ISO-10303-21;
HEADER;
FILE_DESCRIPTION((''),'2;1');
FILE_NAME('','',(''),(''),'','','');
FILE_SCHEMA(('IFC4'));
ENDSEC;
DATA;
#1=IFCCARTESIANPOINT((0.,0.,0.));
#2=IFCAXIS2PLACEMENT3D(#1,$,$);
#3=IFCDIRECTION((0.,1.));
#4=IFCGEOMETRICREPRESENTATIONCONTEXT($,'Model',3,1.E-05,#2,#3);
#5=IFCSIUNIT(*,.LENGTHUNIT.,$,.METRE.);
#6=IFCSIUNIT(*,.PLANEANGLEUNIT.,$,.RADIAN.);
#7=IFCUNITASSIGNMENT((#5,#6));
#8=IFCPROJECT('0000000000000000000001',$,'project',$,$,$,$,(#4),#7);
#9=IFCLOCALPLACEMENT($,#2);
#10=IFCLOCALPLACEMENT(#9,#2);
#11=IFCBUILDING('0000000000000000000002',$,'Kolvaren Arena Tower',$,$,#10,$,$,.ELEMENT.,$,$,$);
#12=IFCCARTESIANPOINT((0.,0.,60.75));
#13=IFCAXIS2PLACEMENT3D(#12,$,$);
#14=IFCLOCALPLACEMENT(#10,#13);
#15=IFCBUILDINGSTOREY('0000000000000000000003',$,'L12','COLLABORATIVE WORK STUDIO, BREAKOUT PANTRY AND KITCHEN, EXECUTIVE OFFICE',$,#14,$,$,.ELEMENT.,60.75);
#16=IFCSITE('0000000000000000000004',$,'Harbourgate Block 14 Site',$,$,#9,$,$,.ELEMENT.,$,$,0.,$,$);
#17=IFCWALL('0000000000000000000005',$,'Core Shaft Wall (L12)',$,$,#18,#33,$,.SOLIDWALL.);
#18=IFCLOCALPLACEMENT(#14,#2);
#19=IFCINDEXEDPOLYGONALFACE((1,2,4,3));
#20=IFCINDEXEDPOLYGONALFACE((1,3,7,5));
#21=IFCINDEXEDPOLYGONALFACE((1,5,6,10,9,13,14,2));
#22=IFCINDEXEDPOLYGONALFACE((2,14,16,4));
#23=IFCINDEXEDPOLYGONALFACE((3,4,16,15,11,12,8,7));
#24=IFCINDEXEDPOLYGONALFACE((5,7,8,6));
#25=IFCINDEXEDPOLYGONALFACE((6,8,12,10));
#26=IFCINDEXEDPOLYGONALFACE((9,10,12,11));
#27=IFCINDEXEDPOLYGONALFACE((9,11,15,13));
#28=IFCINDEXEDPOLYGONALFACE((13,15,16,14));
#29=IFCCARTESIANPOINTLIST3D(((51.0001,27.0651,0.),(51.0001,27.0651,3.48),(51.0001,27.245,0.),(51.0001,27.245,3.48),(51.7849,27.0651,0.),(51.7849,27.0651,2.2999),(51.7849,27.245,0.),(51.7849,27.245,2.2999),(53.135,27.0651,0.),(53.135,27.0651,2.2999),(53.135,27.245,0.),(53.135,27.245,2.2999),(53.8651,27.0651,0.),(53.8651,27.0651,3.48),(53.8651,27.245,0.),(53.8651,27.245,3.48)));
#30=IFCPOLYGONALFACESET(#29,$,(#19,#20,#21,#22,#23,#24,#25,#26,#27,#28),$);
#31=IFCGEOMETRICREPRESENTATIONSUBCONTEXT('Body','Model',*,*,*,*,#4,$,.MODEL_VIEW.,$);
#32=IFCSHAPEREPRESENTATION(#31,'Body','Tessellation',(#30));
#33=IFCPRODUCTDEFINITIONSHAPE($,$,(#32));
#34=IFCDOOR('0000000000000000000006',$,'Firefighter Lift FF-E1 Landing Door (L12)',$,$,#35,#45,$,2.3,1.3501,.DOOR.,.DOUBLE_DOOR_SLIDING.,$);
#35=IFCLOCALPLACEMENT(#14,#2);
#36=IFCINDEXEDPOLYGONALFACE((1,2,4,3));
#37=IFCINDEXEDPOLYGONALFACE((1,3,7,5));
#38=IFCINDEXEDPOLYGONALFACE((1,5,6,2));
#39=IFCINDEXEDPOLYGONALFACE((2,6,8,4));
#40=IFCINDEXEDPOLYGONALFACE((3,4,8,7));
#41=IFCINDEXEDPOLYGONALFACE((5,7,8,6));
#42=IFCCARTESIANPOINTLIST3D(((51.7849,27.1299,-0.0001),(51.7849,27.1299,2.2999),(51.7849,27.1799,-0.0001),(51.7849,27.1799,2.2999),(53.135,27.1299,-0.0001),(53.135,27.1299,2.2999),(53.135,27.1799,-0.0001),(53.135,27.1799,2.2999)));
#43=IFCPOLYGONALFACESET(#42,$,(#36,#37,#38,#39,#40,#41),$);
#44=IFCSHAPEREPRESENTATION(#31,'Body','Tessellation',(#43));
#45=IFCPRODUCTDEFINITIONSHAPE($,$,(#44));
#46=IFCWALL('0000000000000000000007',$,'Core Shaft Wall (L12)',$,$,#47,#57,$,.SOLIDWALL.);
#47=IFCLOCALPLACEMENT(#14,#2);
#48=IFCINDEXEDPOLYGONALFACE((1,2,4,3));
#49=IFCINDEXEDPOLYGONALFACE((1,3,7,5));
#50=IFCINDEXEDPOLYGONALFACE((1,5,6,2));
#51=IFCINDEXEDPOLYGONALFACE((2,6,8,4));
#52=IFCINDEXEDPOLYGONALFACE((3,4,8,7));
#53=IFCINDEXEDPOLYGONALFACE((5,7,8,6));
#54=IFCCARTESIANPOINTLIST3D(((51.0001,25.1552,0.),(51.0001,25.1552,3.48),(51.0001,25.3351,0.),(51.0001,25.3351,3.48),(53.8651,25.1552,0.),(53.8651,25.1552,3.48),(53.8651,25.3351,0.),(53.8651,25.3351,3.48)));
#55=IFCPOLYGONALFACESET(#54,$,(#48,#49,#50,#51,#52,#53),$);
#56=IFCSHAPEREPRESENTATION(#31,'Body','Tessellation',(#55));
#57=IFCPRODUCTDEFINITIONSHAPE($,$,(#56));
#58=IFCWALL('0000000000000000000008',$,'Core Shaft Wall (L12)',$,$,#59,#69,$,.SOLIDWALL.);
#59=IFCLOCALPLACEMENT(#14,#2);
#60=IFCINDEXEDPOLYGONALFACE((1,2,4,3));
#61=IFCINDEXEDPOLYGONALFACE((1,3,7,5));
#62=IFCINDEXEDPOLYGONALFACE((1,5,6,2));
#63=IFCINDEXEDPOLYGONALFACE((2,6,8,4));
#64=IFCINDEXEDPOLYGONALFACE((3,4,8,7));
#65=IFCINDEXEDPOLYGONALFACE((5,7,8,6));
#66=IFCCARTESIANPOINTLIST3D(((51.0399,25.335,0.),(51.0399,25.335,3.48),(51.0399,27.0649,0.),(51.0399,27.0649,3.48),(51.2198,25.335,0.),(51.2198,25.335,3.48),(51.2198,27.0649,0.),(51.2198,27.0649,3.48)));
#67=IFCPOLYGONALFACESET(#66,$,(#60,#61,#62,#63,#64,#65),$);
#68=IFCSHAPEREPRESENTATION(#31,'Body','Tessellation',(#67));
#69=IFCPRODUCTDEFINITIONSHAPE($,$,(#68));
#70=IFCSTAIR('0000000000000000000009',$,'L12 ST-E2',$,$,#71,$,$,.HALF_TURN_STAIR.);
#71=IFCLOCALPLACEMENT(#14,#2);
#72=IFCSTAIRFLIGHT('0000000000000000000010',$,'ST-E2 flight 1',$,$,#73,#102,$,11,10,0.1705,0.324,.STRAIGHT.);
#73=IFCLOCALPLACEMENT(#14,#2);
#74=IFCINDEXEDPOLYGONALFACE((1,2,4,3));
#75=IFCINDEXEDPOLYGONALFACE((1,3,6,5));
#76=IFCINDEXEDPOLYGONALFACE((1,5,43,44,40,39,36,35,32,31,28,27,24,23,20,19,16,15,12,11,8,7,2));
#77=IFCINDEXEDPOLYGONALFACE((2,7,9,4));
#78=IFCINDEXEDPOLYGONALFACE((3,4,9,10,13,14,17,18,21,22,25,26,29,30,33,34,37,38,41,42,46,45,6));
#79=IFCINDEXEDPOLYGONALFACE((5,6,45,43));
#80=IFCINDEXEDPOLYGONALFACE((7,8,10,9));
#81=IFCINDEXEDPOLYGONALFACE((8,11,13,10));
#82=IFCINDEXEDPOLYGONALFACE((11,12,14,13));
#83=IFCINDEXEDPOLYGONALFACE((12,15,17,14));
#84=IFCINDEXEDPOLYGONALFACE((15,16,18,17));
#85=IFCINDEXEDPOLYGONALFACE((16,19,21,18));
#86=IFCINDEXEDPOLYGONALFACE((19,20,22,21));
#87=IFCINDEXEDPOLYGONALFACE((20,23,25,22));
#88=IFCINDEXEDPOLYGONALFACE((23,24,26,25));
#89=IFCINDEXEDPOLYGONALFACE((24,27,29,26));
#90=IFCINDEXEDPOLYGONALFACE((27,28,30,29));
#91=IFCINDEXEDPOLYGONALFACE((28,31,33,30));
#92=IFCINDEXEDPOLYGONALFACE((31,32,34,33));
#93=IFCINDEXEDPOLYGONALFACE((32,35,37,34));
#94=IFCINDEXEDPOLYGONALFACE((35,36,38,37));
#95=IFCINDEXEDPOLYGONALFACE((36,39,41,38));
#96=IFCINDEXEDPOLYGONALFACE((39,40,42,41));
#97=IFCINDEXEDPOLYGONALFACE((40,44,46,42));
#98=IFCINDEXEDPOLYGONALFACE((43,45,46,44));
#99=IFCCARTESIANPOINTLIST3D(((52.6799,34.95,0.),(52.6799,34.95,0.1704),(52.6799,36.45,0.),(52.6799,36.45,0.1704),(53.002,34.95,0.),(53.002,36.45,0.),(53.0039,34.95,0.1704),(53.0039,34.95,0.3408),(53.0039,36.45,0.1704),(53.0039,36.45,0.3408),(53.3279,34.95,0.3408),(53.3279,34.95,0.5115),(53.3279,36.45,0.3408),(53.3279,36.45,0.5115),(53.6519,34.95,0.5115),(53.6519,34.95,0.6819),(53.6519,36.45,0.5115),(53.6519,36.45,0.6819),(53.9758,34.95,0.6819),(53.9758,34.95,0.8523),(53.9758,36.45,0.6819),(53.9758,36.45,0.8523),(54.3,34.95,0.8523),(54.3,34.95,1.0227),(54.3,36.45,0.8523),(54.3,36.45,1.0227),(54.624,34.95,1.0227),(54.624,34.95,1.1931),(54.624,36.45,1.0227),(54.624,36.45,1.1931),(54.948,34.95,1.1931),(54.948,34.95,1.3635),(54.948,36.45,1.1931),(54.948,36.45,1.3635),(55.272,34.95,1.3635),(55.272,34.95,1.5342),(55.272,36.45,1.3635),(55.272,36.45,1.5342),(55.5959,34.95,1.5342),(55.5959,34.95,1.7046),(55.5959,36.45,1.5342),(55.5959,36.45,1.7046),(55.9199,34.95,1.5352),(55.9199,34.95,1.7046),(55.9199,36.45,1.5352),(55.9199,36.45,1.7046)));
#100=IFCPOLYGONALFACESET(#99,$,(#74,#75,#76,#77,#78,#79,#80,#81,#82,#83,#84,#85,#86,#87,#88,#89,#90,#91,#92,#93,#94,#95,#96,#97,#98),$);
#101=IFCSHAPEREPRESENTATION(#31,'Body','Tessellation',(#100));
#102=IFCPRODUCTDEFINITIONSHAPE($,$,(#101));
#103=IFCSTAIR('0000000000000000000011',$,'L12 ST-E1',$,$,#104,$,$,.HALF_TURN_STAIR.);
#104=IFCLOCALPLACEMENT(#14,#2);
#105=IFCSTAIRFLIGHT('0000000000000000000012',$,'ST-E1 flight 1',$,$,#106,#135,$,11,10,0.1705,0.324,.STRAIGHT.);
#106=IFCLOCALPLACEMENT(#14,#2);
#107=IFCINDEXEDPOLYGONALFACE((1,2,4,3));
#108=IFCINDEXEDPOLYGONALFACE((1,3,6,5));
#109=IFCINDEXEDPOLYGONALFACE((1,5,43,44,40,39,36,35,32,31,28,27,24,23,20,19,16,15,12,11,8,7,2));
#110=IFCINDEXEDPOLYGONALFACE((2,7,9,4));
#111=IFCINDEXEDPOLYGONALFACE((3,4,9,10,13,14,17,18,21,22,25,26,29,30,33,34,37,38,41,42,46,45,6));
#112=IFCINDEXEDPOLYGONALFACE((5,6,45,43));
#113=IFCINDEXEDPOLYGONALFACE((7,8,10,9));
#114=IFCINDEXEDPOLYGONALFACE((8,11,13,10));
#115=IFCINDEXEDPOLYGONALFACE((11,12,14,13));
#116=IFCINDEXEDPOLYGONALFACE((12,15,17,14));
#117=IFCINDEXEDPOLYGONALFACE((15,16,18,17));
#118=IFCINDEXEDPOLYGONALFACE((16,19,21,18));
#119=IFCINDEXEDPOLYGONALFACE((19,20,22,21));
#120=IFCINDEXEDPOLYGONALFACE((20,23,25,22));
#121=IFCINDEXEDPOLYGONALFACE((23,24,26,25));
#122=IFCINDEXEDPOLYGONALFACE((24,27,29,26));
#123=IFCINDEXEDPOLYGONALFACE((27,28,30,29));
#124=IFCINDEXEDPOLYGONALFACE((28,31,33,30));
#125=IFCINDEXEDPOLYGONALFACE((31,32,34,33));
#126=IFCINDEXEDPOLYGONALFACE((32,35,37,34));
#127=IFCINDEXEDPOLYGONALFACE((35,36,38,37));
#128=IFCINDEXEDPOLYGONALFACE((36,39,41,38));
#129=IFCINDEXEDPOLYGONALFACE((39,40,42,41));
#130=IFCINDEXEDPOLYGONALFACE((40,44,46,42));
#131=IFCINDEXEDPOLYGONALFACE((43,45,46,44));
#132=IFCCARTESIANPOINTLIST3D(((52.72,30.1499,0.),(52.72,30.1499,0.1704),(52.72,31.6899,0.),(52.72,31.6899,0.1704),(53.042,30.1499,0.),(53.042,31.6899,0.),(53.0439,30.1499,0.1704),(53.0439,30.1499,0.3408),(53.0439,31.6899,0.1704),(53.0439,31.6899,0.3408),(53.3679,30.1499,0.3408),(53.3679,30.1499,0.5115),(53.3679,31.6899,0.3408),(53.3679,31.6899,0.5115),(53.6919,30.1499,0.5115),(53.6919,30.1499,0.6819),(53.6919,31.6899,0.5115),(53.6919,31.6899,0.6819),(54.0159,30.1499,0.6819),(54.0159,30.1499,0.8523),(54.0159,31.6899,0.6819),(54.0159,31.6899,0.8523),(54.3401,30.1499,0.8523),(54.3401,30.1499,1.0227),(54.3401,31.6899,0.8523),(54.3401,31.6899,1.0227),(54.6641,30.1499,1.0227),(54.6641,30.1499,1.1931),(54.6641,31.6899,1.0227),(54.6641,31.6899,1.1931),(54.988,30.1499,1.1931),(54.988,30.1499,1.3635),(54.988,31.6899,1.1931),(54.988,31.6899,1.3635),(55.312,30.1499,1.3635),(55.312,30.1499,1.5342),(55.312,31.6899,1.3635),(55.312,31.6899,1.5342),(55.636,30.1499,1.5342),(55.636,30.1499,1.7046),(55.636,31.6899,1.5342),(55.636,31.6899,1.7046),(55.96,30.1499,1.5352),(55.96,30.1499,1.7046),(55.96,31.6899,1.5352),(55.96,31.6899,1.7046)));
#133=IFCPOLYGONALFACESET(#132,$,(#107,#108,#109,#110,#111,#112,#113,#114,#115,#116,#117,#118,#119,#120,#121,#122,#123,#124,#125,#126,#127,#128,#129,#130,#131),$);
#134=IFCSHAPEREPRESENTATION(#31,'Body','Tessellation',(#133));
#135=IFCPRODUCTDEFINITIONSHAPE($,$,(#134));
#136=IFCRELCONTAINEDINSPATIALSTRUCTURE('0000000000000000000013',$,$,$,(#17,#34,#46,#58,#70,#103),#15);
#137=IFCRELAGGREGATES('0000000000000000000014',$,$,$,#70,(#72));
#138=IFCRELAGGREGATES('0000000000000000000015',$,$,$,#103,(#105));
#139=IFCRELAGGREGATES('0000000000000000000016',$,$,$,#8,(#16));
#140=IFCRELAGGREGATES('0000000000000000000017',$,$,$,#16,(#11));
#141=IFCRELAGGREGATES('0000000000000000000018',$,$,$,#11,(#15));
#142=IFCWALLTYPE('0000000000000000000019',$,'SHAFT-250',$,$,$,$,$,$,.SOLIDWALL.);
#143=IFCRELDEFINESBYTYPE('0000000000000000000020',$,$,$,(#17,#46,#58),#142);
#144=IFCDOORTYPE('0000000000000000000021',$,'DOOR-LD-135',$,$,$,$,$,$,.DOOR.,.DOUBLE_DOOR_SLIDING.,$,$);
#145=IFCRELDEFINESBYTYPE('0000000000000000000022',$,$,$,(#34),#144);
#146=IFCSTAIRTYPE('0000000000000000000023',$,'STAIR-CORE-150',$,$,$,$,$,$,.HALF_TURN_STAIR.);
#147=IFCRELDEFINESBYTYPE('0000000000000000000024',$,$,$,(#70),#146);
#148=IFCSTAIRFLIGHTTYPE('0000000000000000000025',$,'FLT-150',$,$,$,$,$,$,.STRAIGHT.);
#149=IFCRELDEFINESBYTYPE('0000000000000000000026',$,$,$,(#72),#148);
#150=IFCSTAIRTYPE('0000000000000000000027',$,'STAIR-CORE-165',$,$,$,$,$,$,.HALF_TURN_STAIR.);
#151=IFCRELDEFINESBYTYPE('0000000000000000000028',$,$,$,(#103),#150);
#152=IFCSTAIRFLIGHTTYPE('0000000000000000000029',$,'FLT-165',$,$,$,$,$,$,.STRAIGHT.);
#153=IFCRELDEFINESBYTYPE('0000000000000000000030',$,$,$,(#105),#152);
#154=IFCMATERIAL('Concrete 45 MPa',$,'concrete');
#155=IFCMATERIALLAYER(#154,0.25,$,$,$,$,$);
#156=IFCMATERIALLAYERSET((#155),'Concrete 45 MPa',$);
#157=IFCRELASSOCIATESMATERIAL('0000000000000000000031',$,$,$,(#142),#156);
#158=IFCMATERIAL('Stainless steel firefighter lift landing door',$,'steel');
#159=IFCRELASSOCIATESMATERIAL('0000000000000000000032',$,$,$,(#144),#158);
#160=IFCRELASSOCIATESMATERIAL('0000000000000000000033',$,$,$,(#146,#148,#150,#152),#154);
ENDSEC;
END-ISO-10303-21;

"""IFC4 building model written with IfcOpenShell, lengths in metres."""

from ifc_helpers import new_model, si_unit, direction, frame, frame_2d, origin, place, context, subcontext, project, spatial, polyline, rectangle, outline, extrude, material, layer, layer_set, type_object, element, fill, aggregate, save


model = new_model("IFC4")

# Units and contexts
model_context = context("Model", 3, precision=1e-05, world=origin(), true_north=direction((0.0, 1.0)))
body_context = subcontext(model_context, "Body", "Model", "MODEL_VIEW")
ifc_project = project(units=[si_unit("LENGTHUNIT", "METRE"), si_unit("PLANEANGLEUNIT", "RADIAN")], contexts=[model_context])

# Site, building, storey
site_placement = place(None, origin())
site = spatial("IfcSite", under=ifc_project, at=site_placement, Name="Harbourgate Block 14 Site", CompositionType="ELEMENT", RefElevation=0.0)
building_placement = place(site_placement, origin())
building = spatial("IfcBuilding", under=site, at=building_placement, Name="Kolvaren Arena Tower", CompositionType="ELEMENT")
storey_placement = place(building_placement, frame((0.0, 0.0, 60.75)))
storey = spatial("IfcBuildingStorey", under=building, at=storey_placement, Name="L12", Description="COLLABORATIVE WORK STUDIO, BREAKOUT PANTRY AND KITCHEN, EXECUTIVE OFFICE", CompositionType="ELEMENT", Elevation=60.75)

# Shared definitions
ifc_material_1 = material(Name="Concrete 45 MPa", Category="concrete")
ifc_layer = layer(ifc_material_1, 0.25)
ifc_layer_set = layer_set([ifc_layer], Name="Concrete 45 MPa")
wall_type = type_object("IfcWallType", Name="SHAFT-250", PredefinedType="SOLIDWALL", material=ifc_layer_set)

# Wall, opening, door
wall_1_placement = place(storey_placement, frame((51.0, 27.155, 0.0), z_axis=(0.0, 0.0, 1.0), x_axis=(1.0, 0.0, 0.0)))
wall_1 = element("IfcWall", 1, at=wall_1_placement, inside=storey, type_object=wall_type, Name="Core Shaft Wall (L12)", PredefinedType="SOLIDWALL", context=body_context, shape_type="SweptSolid", body=[
    extrude(rectangle(XDim=2.865, YDim=0.1799, at=frame_2d((1.4326, 0.0))), origin(), (0.0, 0.0, 1.0), 3.48),
])
opening_placement = place(wall_1_placement, frame((0.7849, 0.0, 0.0)))
opening = element("IfcOpeningElement", 2, at=opening_placement, cuts=wall_1, PredefinedType="OPENING", context=body_context, shape_type="SweptSolid", body=[
    extrude(rectangle(XDim=1.3501, YDim=2.3, at=frame_2d((0.675, 1.1499))), frame((0.0, 0.0999, 0.0), z_axis=(0.0, -1.0, 0.0), x_axis=(1.0, 0.0, 0.0)), (0.0, 0.0, 1.0), 0.2),
])
ifc_material_2 = material(Name="Stainless steel firefighter lift landing door", Category="steel")
door_type = type_object("IfcDoorType", Name="DOOR-LD-135", OperationType="DOUBLE_DOOR_SLIDING", PredefinedType="DOOR", material=ifc_material_2)
door_placement = place(opening_placement, origin())
door = element("IfcDoor", 3, at=door_placement, inside=storey, type_object=door_type, Name="Firefighter Lift FF-E1 Landing Door (L12)", OperationType="DOUBLE_DOOR_SLIDING", OverallHeight=2.3, OverallWidth=1.3501, PredefinedType="DOOR", context=body_context, shape_type="SweptSolid", body=[
    extrude(rectangle(XDim=1.3501, YDim=2.3, at=frame_2d((0.675, 1.1499))), frame((0.0, 0.0249, 0.0), z_axis=(0.0, -1.0, 0.0), x_axis=(1.0, 0.0, 0.0)), (0.0, 0.0, 1.0), 0.05),
])
fill(opening, door)

# Walls
wall_2_placement = place(storey_placement, frame((51.0, 25.2451, 0.0), z_axis=(0.0, 0.0, 1.0), x_axis=(1.0, 0.0, 0.0)))
element("IfcWall", 4, at=wall_2_placement, inside=storey, type_object=wall_type, Name="Core Shaft Wall (L12)", PredefinedType="SOLIDWALL", context=body_context, shape_type="SweptSolid", body=[
    extrude(rectangle(XDim=2.865, YDim=0.1799, at=frame_2d((1.4326, 0.0))), origin(), (0.0, 0.0, 1.0), 3.48),
])
wall_3_placement = place(storey_placement, frame((51.1299, 25.335, 0.0), z_axis=(0.0, 0.0, 1.0), x_axis=(0.0, 1.0, 0.0)))
element("IfcWall", 5, at=wall_3_placement, inside=storey, type_object=wall_type, Name="Core Shaft Wall (L12)", PredefinedType="SOLIDWALL", context=body_context, shape_type="SweptSolid", body=[
    extrude(rectangle(XDim=1.73, YDim=0.1799, at=frame_2d((0.865, 0.0))), origin(), (0.0, 0.0, 1.0), 3.48),
])

# Stairs, stair flights
stair_type_1 = type_object("IfcStairType", Name="STAIR-CORE-150", PredefinedType="HALF_TURN_STAIR", material=ifc_material_1)
stair_1_placement = place(storey_placement, origin())
stair_1 = element("IfcStair", 6, at=stair_1_placement, inside=storey, type_object=stair_type_1, Name="L12 ST-E2", PredefinedType="HALF_TURN_STAIR")
stair_flight_type_1 = type_object("IfcStairFlightType", Name="FLT-150", PredefinedType="STRAIGHT", material=ifc_material_1)
stair_flight_1_placement = place(storey_placement, frame((52.6799, 35.7, 0.0), z_axis=(0.0, 0.0, 1.0), x_axis=(1.0, 0.0, 0.0)))
stair_flight_1 = element("IfcStairFlight", 7, at=stair_flight_1_placement, type_object=stair_flight_type_1, Name="ST-E2 flight 1", NumberOfRisers=11, NumberOfTreads=10, PredefinedType="STRAIGHT", RiserHeight=0.1705, TreadLength=0.324, context=body_context, shape_type="SweptSolid", body=[
    extrude(outline(polyline([(0.0, 0.0), (0.0, 0.1704), (0.324, 0.1704), (0.324, 0.3408), (0.6479, 0.3408), (0.6479, 0.5115), (0.9719, 0.5115), (0.9719, 0.6819), (1.2959, 0.6819), (1.2959, 0.8523), (1.6201, 0.8523), (1.6201, 1.0227), (1.9441, 1.0227), (1.9441, 1.1931), (2.2681, 1.1931), (2.2681, 1.3635), (2.592, 1.3635), (2.592, 1.5342), (2.916, 1.5342), (2.916, 1.7046), (3.24, 1.7046), (3.24, 1.875), (3.24, 1.5352), (0.322, 0.0), (0.0, 0.0)])), frame((0.0, 0.75, 0.0), z_axis=(0.0, -1.0, 0.0), x_axis=(1.0, 0.0, 0.0)), (0.0, 0.0, 1.0), 1.5),
])
aggregate(stair_1, [stair_flight_1])
stair_type_2 = type_object("IfcStairType", Name="STAIR-CORE-165", PredefinedType="HALF_TURN_STAIR", material=ifc_material_1)
stair_2_placement = place(storey_placement, origin())
stair_2 = element("IfcStair", 8, at=stair_2_placement, inside=storey, type_object=stair_type_2, Name="L12 ST-E1", PredefinedType="HALF_TURN_STAIR")
stair_flight_type_2 = type_object("IfcStairFlightType", Name="FLT-165", PredefinedType="STRAIGHT", material=ifc_material_1)
stair_flight_2_placement = place(storey_placement, frame((52.72, 30.9199, 0.0), z_axis=(0.0, 0.0, 1.0), x_axis=(1.0, 0.0, 0.0)))
stair_flight_2 = element("IfcStairFlight", 9, at=stair_flight_2_placement, type_object=stair_flight_type_2, Name="ST-E1 flight 1", NumberOfRisers=11, NumberOfTreads=10, PredefinedType="STRAIGHT", RiserHeight=0.1705, TreadLength=0.324, context=body_context, shape_type="SweptSolid", body=[
    extrude(outline(polyline([(0.0, 0.0), (0.0, 0.1704), (0.324, 0.1704), (0.324, 0.3408), (0.6479, 0.3408), (0.6479, 0.5115), (0.9719, 0.5115), (0.9719, 0.6819), (1.2959, 0.6819), (1.2959, 0.8523), (1.6201, 0.8523), (1.6201, 1.0227), (1.9441, 1.0227), (1.9441, 1.1931), (2.2681, 1.1931), (2.2681, 1.3635), (2.592, 1.3635), (2.592, 1.5342), (2.916, 1.5342), (2.916, 1.7046), (3.24, 1.7046), (3.24, 1.875), (3.24, 1.5352), (0.322, 0.0), (0.0, 0.0)])), frame((0.0, 0.77, 0.0), z_axis=(0.0, -1.0, 0.0), x_axis=(1.0, 0.0, 0.0)), (0.0, 0.0, 1.0), 1.54),
])
aggregate(stair_2, [stair_flight_2])

save(model, "model.ifc")
